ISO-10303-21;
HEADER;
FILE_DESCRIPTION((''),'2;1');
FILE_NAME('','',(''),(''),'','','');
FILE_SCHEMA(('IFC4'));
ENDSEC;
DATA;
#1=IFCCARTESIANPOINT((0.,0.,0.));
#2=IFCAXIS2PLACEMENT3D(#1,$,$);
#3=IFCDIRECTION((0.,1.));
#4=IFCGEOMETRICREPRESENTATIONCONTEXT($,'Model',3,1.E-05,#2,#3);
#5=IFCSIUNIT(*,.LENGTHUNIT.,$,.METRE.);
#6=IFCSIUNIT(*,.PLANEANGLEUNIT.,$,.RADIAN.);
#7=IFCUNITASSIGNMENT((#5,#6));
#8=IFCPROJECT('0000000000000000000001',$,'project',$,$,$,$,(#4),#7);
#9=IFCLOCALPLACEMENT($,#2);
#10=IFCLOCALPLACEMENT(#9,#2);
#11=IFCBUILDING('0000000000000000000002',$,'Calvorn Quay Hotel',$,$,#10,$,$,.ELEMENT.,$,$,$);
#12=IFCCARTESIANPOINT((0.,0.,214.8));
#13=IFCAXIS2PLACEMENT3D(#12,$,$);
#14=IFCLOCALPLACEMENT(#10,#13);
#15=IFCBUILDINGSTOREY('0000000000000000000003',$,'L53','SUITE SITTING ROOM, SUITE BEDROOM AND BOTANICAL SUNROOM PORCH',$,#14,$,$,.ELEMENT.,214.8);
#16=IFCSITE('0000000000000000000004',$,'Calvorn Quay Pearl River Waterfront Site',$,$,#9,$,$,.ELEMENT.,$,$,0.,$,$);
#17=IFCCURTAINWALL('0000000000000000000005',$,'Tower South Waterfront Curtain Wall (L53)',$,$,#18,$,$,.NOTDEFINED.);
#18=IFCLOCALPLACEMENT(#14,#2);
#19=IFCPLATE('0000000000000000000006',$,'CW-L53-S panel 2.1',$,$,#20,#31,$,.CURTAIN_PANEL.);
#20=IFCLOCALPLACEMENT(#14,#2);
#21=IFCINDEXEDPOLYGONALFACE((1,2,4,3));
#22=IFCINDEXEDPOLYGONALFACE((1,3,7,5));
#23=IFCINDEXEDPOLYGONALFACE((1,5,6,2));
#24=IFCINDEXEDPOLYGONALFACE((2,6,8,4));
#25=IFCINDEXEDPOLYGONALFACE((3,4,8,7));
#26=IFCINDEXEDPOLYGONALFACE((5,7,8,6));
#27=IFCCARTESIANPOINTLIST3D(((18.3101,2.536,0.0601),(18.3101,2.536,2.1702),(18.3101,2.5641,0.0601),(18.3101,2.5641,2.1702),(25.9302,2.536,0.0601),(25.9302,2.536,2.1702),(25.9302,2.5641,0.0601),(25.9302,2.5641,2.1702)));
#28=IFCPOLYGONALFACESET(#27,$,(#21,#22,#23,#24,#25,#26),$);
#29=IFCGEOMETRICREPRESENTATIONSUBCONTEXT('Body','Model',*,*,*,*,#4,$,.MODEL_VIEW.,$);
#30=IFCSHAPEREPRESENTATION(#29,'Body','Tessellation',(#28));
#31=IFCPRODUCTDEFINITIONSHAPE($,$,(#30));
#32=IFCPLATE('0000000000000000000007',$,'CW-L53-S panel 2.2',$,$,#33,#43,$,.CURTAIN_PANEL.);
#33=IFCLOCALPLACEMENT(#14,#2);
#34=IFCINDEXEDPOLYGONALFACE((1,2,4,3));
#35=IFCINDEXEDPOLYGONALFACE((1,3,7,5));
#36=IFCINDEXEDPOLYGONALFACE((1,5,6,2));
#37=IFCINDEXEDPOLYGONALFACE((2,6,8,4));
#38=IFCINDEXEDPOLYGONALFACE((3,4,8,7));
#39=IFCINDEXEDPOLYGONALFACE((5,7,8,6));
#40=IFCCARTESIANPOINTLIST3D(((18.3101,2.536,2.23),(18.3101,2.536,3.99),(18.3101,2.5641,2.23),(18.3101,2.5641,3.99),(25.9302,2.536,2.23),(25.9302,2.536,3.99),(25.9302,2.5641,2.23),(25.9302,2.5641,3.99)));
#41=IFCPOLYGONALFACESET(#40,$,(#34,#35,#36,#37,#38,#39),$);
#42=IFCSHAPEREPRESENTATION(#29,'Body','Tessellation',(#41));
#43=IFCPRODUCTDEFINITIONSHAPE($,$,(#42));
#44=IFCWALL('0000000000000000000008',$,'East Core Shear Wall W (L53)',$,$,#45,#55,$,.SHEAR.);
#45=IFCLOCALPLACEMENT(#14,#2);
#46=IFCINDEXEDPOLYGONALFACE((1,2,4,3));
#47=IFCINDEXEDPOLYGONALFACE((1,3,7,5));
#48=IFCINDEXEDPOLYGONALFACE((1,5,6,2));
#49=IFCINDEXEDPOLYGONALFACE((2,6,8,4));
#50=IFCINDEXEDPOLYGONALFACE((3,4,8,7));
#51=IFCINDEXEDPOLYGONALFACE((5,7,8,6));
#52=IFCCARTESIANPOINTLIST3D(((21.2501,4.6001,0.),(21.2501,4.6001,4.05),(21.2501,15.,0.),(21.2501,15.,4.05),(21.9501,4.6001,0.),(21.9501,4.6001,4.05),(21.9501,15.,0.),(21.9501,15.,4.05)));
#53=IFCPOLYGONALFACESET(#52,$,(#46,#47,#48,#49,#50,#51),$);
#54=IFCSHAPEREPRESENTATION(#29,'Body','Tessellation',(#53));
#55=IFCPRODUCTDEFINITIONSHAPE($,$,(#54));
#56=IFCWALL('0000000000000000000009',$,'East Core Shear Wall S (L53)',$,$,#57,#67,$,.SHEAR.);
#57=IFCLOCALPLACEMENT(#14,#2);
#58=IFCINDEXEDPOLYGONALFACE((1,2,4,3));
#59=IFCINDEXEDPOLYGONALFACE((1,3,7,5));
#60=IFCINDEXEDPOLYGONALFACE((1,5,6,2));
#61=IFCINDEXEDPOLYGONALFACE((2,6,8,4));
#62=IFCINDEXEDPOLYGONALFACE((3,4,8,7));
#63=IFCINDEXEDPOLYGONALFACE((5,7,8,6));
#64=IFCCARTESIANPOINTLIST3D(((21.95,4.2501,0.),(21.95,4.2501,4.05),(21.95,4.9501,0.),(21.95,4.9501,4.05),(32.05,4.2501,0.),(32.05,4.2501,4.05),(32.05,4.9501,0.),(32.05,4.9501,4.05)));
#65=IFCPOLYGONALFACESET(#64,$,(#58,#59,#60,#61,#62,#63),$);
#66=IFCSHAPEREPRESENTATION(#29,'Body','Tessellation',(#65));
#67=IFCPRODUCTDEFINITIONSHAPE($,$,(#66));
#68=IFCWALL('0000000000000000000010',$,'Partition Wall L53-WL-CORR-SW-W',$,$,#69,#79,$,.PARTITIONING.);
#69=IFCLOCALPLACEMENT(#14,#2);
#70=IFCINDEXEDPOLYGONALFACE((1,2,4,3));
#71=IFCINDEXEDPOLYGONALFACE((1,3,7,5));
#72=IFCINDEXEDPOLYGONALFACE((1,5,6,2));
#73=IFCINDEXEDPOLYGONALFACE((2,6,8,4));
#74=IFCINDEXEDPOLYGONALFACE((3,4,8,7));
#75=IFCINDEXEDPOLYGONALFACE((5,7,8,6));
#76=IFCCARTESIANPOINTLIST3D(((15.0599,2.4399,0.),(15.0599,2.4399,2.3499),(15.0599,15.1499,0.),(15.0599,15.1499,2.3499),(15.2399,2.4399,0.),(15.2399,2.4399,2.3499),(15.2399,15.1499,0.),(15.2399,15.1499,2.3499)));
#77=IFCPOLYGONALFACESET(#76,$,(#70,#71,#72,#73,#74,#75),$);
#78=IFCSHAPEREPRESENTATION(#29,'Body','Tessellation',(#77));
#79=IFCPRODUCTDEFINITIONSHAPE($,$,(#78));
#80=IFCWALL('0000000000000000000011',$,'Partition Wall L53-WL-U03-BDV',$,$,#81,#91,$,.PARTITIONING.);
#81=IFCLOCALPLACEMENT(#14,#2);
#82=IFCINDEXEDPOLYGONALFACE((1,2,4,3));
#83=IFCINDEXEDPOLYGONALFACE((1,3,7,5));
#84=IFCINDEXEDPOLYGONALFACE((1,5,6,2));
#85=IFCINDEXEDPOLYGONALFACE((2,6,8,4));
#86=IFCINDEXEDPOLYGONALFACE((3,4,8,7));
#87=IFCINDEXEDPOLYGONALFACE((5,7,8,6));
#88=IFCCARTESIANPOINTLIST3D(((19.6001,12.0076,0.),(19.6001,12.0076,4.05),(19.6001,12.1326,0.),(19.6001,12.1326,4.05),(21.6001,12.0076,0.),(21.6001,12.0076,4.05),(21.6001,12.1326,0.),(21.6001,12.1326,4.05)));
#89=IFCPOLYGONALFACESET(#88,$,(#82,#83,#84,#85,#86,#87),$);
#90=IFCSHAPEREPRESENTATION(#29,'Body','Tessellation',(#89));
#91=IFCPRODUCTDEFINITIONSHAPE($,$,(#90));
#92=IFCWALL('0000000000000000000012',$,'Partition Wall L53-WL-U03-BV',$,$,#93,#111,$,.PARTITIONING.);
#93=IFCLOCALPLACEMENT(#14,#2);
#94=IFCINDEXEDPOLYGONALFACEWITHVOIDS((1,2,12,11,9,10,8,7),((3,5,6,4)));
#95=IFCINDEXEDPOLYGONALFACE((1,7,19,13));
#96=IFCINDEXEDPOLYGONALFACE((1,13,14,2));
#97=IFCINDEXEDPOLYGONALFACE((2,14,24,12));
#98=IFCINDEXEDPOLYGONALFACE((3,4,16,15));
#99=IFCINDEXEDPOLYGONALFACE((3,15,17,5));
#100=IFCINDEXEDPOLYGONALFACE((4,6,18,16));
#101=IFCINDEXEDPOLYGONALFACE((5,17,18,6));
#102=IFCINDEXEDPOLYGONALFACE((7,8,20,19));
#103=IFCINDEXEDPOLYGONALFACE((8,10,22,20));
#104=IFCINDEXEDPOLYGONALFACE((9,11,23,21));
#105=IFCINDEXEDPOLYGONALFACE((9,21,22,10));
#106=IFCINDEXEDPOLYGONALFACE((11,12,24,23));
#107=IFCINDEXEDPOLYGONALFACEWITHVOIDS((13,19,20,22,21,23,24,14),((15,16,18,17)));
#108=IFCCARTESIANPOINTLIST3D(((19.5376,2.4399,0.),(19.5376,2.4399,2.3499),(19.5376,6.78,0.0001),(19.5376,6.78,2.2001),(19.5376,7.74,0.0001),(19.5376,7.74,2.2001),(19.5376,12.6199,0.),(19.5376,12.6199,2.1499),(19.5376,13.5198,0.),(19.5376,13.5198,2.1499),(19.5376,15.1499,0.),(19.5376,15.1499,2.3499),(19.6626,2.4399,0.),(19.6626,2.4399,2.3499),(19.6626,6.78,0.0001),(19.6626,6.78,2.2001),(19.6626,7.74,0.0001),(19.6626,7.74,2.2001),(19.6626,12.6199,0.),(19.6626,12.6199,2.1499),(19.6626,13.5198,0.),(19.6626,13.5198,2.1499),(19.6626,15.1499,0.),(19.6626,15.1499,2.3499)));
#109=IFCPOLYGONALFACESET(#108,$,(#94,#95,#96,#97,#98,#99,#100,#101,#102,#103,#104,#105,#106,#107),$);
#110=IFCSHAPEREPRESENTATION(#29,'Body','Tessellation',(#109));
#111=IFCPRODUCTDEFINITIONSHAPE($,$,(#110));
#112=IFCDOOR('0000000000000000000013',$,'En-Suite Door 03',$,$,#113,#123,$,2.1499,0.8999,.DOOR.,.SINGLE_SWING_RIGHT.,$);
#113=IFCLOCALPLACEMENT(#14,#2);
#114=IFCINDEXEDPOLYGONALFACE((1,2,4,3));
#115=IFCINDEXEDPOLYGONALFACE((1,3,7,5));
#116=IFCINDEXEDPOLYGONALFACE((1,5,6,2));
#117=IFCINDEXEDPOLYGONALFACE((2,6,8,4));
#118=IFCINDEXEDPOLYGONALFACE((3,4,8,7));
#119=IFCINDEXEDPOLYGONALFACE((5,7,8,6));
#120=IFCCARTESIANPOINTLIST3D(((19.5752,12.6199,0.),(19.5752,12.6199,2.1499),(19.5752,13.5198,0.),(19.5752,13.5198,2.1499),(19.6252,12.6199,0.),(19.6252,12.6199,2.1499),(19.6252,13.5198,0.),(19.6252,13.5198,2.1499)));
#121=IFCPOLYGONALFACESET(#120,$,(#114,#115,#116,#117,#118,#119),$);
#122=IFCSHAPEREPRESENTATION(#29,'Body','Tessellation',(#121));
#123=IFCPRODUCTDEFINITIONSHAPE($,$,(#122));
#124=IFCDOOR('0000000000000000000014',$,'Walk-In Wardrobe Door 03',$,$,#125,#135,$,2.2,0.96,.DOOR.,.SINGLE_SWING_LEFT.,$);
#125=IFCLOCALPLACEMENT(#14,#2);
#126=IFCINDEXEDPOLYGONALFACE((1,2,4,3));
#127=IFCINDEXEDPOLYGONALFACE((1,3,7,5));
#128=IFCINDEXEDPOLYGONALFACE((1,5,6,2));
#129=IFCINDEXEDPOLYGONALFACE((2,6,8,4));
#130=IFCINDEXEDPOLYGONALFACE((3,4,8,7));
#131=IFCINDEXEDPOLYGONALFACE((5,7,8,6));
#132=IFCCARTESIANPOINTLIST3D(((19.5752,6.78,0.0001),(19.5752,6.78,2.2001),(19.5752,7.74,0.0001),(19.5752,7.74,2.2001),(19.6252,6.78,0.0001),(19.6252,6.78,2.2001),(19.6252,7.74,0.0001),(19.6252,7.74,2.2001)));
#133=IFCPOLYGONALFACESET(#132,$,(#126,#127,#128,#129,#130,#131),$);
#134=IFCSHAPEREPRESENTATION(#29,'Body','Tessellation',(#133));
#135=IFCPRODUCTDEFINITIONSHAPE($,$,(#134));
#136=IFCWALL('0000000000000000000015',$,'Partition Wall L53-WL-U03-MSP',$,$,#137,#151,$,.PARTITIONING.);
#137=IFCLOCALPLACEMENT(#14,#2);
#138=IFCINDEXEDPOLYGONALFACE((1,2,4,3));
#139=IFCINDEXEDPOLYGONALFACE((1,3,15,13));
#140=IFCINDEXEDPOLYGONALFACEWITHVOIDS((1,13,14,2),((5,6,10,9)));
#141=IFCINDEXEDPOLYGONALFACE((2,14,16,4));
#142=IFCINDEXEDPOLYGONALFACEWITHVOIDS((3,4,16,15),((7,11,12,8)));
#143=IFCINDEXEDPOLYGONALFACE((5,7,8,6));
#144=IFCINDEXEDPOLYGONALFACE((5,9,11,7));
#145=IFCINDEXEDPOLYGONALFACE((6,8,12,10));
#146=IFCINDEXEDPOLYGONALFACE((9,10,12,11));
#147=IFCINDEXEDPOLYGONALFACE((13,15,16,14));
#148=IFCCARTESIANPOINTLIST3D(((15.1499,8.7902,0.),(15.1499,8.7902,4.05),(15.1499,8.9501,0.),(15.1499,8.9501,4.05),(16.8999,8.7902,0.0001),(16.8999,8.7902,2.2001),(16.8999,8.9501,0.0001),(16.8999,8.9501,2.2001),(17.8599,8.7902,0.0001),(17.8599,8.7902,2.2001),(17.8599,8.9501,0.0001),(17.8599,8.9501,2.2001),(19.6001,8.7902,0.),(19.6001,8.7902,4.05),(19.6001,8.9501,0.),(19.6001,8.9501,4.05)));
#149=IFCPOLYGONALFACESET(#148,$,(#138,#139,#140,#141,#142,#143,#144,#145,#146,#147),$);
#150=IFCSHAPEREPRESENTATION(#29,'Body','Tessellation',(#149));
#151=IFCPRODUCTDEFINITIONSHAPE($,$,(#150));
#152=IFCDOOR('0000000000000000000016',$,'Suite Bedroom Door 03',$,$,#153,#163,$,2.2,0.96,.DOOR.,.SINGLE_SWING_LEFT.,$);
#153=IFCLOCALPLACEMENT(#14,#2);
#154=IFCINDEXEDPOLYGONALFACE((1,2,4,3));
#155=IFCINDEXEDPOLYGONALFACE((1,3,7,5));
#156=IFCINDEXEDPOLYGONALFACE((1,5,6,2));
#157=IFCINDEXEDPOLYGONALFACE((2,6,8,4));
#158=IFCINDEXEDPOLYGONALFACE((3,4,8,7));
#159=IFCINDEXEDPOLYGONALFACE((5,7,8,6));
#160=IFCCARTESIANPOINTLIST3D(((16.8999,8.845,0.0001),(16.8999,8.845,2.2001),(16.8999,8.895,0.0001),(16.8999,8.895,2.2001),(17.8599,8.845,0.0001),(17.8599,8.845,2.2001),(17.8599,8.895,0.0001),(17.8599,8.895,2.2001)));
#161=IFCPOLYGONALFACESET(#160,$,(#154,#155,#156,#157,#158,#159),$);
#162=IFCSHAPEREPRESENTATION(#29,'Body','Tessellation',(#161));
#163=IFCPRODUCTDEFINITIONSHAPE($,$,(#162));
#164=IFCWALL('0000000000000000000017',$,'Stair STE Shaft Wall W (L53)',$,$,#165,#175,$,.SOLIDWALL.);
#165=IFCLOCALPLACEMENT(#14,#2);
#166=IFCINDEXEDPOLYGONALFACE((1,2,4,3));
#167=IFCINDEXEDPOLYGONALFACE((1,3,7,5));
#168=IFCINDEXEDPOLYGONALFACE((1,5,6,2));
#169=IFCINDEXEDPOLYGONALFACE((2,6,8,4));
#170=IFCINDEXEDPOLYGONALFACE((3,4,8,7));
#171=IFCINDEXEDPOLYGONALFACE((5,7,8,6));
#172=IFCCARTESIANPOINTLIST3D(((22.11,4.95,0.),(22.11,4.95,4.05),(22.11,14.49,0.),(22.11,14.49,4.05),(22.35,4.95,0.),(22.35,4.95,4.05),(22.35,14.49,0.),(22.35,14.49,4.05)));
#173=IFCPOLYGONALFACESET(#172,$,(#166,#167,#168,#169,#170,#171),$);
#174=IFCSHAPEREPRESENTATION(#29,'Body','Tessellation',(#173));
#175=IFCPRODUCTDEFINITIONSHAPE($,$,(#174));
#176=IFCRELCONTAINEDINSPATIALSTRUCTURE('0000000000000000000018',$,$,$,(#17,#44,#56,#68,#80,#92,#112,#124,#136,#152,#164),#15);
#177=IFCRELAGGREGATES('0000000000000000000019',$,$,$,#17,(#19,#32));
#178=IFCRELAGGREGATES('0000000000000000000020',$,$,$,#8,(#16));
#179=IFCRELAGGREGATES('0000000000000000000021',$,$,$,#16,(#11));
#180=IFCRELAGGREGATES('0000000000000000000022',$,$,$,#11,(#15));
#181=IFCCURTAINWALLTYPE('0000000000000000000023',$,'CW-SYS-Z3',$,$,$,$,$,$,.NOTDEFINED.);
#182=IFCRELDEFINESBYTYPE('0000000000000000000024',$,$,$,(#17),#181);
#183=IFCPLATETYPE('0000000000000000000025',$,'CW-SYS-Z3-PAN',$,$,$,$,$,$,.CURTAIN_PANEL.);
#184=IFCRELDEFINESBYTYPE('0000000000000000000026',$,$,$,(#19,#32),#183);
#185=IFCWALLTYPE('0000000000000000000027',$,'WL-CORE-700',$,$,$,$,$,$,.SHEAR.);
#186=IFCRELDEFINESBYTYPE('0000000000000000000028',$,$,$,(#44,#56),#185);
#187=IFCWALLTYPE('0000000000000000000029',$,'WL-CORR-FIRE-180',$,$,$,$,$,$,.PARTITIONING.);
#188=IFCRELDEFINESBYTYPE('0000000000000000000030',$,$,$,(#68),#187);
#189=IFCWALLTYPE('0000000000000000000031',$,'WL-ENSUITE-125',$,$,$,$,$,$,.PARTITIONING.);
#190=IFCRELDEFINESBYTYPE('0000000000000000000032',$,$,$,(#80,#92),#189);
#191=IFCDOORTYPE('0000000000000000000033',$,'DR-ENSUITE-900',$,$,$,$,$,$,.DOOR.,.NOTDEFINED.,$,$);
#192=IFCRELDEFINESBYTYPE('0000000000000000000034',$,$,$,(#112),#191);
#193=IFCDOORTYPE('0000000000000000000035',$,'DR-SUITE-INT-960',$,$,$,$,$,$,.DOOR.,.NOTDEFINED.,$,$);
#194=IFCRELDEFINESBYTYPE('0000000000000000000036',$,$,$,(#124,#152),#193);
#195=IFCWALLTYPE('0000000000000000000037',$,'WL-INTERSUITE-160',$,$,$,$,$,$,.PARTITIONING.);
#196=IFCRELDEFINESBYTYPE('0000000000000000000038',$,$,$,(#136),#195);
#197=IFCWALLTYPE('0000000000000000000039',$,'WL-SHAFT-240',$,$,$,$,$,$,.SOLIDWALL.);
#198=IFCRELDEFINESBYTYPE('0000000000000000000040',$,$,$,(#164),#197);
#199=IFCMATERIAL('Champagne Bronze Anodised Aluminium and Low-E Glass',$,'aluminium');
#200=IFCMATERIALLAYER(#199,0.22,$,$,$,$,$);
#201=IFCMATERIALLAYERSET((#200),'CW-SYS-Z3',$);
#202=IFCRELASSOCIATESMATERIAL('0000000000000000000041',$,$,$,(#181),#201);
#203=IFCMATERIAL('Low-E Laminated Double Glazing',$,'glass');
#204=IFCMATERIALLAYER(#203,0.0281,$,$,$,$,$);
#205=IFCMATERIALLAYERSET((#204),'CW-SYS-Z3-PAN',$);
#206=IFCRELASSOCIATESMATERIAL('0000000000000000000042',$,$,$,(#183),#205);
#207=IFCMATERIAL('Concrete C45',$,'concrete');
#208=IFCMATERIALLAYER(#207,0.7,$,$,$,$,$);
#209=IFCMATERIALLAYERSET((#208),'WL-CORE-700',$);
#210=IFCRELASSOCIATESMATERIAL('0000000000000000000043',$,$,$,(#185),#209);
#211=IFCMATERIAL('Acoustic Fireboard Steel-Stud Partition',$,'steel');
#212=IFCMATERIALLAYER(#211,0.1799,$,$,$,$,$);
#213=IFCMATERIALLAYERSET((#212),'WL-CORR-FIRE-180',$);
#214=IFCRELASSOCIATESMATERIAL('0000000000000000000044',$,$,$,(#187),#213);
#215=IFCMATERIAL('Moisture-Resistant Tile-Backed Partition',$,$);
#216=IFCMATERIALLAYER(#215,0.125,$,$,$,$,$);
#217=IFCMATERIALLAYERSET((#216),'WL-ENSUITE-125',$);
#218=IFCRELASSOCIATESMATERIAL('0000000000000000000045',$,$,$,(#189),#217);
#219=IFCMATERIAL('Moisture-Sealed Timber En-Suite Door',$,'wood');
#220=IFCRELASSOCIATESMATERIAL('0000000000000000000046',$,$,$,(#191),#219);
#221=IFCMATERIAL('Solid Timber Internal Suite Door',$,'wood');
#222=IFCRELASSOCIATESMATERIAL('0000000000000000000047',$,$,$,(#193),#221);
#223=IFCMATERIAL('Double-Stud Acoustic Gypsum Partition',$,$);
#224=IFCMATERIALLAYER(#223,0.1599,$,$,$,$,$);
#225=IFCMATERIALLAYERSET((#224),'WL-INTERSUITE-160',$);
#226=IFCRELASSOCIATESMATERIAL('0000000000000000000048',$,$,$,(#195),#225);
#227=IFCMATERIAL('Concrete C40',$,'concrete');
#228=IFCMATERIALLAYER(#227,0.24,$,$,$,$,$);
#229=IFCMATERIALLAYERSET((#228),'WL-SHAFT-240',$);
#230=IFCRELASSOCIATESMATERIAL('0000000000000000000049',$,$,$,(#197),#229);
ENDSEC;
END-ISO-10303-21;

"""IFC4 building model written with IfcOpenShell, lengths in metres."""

from ifc_helpers import new_model, si_unit, direction, frame, frame_2d, origin, origin_2d, place, context, subcontext, project, spatial, rectangle, extrude, material, layer, layer_set, type_object, element, fill, aggregate, save


model = new_model("IFC4")

# Units and contexts
model_context = context("Model", 3, precision=1e-05, world=origin(), true_north=direction((0.0, 1.0)))
body_context = subcontext(model_context, "Body", "Model", "MODEL_VIEW")
ifc_project = project(units=[si_unit("LENGTHUNIT", "METRE"), si_unit("PLANEANGLEUNIT", "RADIAN")], contexts=[model_context])

# Site, building, storey
site_placement = place(None, origin())
site = spatial("IfcSite", under=ifc_project, at=site_placement, Name="Calvorn Quay Pearl River Waterfront Site", CompositionType="ELEMENT", RefElevation=0.0)
building_placement = place(site_placement, origin())
building = spatial("IfcBuilding", under=site, at=building_placement, Name="Calvorn Quay Hotel", CompositionType="ELEMENT")
storey_placement = place(building_placement, frame((0.0, 0.0, 214.8)))
storey = spatial("IfcBuildingStorey", under=building, at=storey_placement, Name="L53", Description="SUITE SITTING ROOM, SUITE BEDROOM AND BOTANICAL SUNROOM PORCH", CompositionType="ELEMENT", Elevation=214.8)

# Curtain wall, plates
ifc_material_1 = material(Name="Champagne Bronze Anodised Aluminium and Low-E Glass", Category="aluminium")
ifc_layer_1 = layer(ifc_material_1, 0.22)
ifc_layer_set_1 = layer_set([ifc_layer_1], Name="CW-SYS-Z3")
curtain_wall_type = type_object("IfcCurtainWallType", Name="CW-SYS-Z3", PredefinedType="NOTDEFINED", material=ifc_layer_set_1)
curtain_wall_placement = place(storey_placement, origin())
curtain_wall = element("IfcCurtainWall", 1, at=curtain_wall_placement, inside=storey, type_object=curtain_wall_type, Name="Tower South Waterfront Curtain Wall (L53)", PredefinedType="NOTDEFINED")
ifc_material_2 = material(Name="Low-E Laminated Double Glazing", Category="glass")
ifc_layer_2 = layer(ifc_material_2, 0.0281)
ifc_layer_set_2 = layer_set([ifc_layer_2], Name="CW-SYS-Z3-PAN")
plate_type = type_object("IfcPlateType", Name="CW-SYS-Z3-PAN", PredefinedType="CURTAIN_PANEL", material=ifc_layer_set_2)
plate_1_placement = place(storey_placement, frame((22.1201, 2.55, 0.0601), z_axis=(0.0, 0.0, 1.0), x_axis=(1.0, 0.0, 0.0)))
plate_1 = element("IfcPlate", 2, at=plate_1_placement, type_object=plate_type, Name="CW-L53-S panel 2.1", PredefinedType="CURTAIN_PANEL", context=body_context, shape_type="SweptSolid", body=[
    extrude(rectangle(XDim=7.6201, YDim=0.0281, at=origin_2d()), origin(), (0.0, 0.0, 1.0), 2.1101),
])
plate_2_placement = place(storey_placement, frame((22.1201, 2.55, 2.23), z_axis=(0.0, 0.0, 1.0), x_axis=(1.0, 0.0, 0.0)))
plate_2 = element("IfcPlate", 3, at=plate_2_placement, type_object=plate_type, Name="CW-L53-S panel 2.2", PredefinedType="CURTAIN_PANEL", context=body_context, shape_type="SweptSolid", body=[
    extrude(rectangle(XDim=7.6201, YDim=0.0281, at=origin_2d()), origin(), (0.0, 0.0, 1.0), 1.76),
])
aggregate(curtain_wall, [plate_1, plate_2])

# Walls
ifc_material_3 = material(Name="Concrete C45", Category="concrete")
ifc_layer_3 = layer(ifc_material_3, 0.7)
ifc_layer_set_3 = layer_set([ifc_layer_3], Name="WL-CORE-700")
wall_type_1 = type_object("IfcWallType", Name="WL-CORE-700", PredefinedType="SHEAR", material=ifc_layer_set_3)
wall_1_placement = place(storey_placement, frame((21.6001, 4.6001, 0.0), z_axis=(0.0, 0.0, 1.0), x_axis=(0.0, 1.0, 0.0)))
element("IfcWall", 4, at=wall_1_placement, inside=storey, type_object=wall_type_1, Name="East Core Shear Wall W (L53)", PredefinedType="SHEAR", context=body_context, shape_type="SweptSolid", body=[
    extrude(rectangle(XDim=10.3999, YDim=0.7, at=frame_2d((5.2, 0.0))), origin(), (0.0, 0.0, 1.0), 4.05),
])
wall_2_placement = place(storey_placement, frame((21.95, 4.6001, 0.0), z_axis=(0.0, 0.0, 1.0), x_axis=(1.0, 0.0, 0.0)))
element("IfcWall", 5, at=wall_2_placement, inside=storey, type_object=wall_type_1, Name="East Core Shear Wall S (L53)", PredefinedType="SHEAR", context=body_context, shape_type="SweptSolid", body=[
    extrude(rectangle(XDim=10.1001, YDim=0.7, at=frame_2d((5.05, 0.0))), origin(), (0.0, 0.0, 1.0), 4.05),
])
ifc_material_4 = material(Name="Acoustic Fireboard Steel-Stud Partition", Category="steel")
ifc_layer_4 = layer(ifc_material_4, 0.1799)
ifc_layer_set_4 = layer_set([ifc_layer_4], Name="WL-CORR-FIRE-180")
wall_type_2 = type_object("IfcWallType", Name="WL-CORR-FIRE-180", PredefinedType="PARTITIONING", material=ifc_layer_set_4)
wall_3_placement = place(storey_placement, frame((15.1499, 2.4399, 0.0), z_axis=(0.0, 0.0, 1.0), x_axis=(0.0, 1.0, 0.0)))
element("IfcWall", 6, at=wall_3_placement, inside=storey, type_object=wall_type_2, Name="Partition Wall L53-WL-CORR-SW-W", PredefinedType="PARTITIONING", context=body_context, shape_type="SweptSolid", body=[
    extrude(rectangle(XDim=12.71, YDim=0.1799, at=frame_2d((6.355, 0.0))), origin(), (0.0, 0.0, 1.0), 2.3499),
])
ifc_material_5 = material(Name="Moisture-Resistant Tile-Backed Partition")
ifc_layer_5 = layer(ifc_material_5, 0.125)
ifc_layer_set_5 = layer_set([ifc_layer_5], Name="WL-ENSUITE-125")
wall_type_3 = type_object("IfcWallType", Name="WL-ENSUITE-125", PredefinedType="PARTITIONING", material=ifc_layer_set_5)
wall_4_placement = place(storey_placement, frame((19.6001, 12.0701, 0.0), z_axis=(0.0, 0.0, 1.0), x_axis=(1.0, 0.0, 0.0)))
element("IfcWall", 7, at=wall_4_placement, inside=storey, type_object=wall_type_3, Name="Partition Wall L53-WL-U03-BDV", PredefinedType="PARTITIONING", context=body_context, shape_type="SweptSolid", body=[
    extrude(rectangle(XDim=2.0, YDim=0.125, at=frame_2d((1.0, 0.0))), origin(), (0.0, 0.0, 1.0), 4.05),
])

# Wall, openings, doors
wall_5_placement = place(storey_placement, frame((19.6001, 2.4399, 0.0), z_axis=(0.0, 0.0, 1.0), x_axis=(0.0, 1.0, 0.0)))
wall_5 = element("IfcWall", 8, at=wall_5_placement, inside=storey, type_object=wall_type_3, Name="Partition Wall L53-WL-U03-BV", PredefinedType="PARTITIONING", context=body_context, shape_type="SweptSolid", body=[
    extrude(rectangle(XDim=12.71, YDim=0.125, at=frame_2d((6.355, 0.0))), origin(), (0.0, 0.0, 1.0), 2.3499),
])
opening_1_placement = place(wall_5_placement, frame((4.3401, 0.0, 0.0)))
opening_1 = element("IfcOpeningElement", 9, at=opening_1_placement, cuts=wall_5, PredefinedType="OPENING", context=body_context, shape_type="SweptSolid", body=[
    extrude(rectangle(XDim=0.96, YDim=2.2, at=frame_2d((0.48, 1.1001))), frame((0.0, 0.0725, 0.0), z_axis=(0.0, -1.0, 0.0), x_axis=(1.0, 0.0, 0.0)), (0.0, 0.0, 1.0), 0.145),
])
opening_2_placement = place(wall_5_placement, frame((10.1799, 0.0, 0.0)))
opening_2 = element("IfcOpeningElement", 10, at=opening_2_placement, cuts=wall_5, PredefinedType="OPENING", context=body_context, shape_type="SweptSolid", body=[
    extrude(rectangle(XDim=0.8999, YDim=2.1499, at=frame_2d((0.45, 1.075))), frame((0.0, 0.0725, 0.0), z_axis=(0.0, -1.0, 0.0), x_axis=(1.0, 0.0, 0.0)), (0.0, 0.0, 1.0), 0.145),
])
ifc_material_6 = material(Name="Moisture-Sealed Timber En-Suite Door", Category="wood")
door_type_1 = type_object("IfcDoorType", Name="DR-ENSUITE-900", OperationType="NOTDEFINED", PredefinedType="DOOR", material=ifc_material_6)
door_1_placement = place(opening_2_placement, origin())
door_1 = element("IfcDoor", 11, at=door_1_placement, inside=storey, type_object=door_type_1, Name="En-Suite Door 03", OperationType="SINGLE_SWING_RIGHT", OverallHeight=2.1499, OverallWidth=0.8999, PredefinedType="DOOR", context=body_context, shape_type="SweptSolid", body=[
    extrude(rectangle(XDim=0.8999, YDim=2.1499, at=frame_2d((0.45, 1.075))), frame((0.0, 0.0249, 0.0), z_axis=(0.0, -1.0, 0.0), x_axis=(1.0, 0.0, 0.0)), (0.0, 0.0, 1.0), 0.05),
])
fill(opening_2, door_1)
ifc_material_7 = material(Name="Solid Timber Internal Suite Door", Category="wood")
door_type_2 = type_object("IfcDoorType", Name="DR-SUITE-INT-960", OperationType="NOTDEFINED", PredefinedType="DOOR", material=ifc_material_7)
door_2_placement = place(opening_1_placement, origin())
door_2 = element("IfcDoor", 12, at=door_2_placement, inside=storey, type_object=door_type_2, Name="Walk-In Wardrobe Door 03", OperationType="SINGLE_SWING_LEFT", OverallHeight=2.2, OverallWidth=0.96, PredefinedType="DOOR", context=body_context, shape_type="SweptSolid", body=[
    extrude(rectangle(XDim=0.96, YDim=2.2, at=frame_2d((0.48, 1.1001))), frame((0.0, 0.0249, 0.0), z_axis=(0.0, -1.0, 0.0), x_axis=(1.0, 0.0, 0.0)), (0.0, 0.0, 1.0), 0.05),
])
fill(opening_1, door_2)

# Wall, opening, door
ifc_material_8 = material(Name="Double-Stud Acoustic Gypsum Partition")
ifc_layer_6 = layer(ifc_material_8, 0.1599)
ifc_layer_set_6 = layer_set([ifc_layer_6], Name="WL-INTERSUITE-160")
wall_type_4 = type_object("IfcWallType", Name="WL-INTERSUITE-160", PredefinedType="PARTITIONING", material=ifc_layer_set_6)
wall_6_placement = place(storey_placement, frame((15.1499, 8.8701, 0.0), z_axis=(0.0, 0.0, 1.0), x_axis=(1.0, 0.0, 0.0)))
wall_6 = element("IfcWall", 13, at=wall_6_placement, inside=storey, type_object=wall_type_4, Name="Partition Wall L53-WL-U03-MSP", PredefinedType="PARTITIONING", context=body_context, shape_type="SweptSolid", body=[
    extrude(rectangle(XDim=4.4502, YDim=0.1599, at=frame_2d((2.2251, 0.0))), origin(), (0.0, 0.0, 1.0), 4.05),
])
opening_3_placement = place(wall_6_placement, frame((1.75, 0.0, 0.0)))
opening_3 = element("IfcOpeningElement", 14, at=opening_3_placement, cuts=wall_6, PredefinedType="OPENING", context=body_context, shape_type="SweptSolid", body=[
    extrude(rectangle(XDim=0.96, YDim=2.2, at=frame_2d((0.48, 1.1001))), frame((0.0, 0.0898, 0.0), z_axis=(0.0, -1.0, 0.0), x_axis=(1.0, 0.0, 0.0)), (0.0, 0.0, 1.0), 0.1799),
])
door_3_placement = place(opening_3_placement, origin())
door_3 = element("IfcDoor", 15, at=door_3_placement, inside=storey, type_object=door_type_2, Name="Suite Bedroom Door 03", OperationType="SINGLE_SWING_LEFT", OverallHeight=2.2, OverallWidth=0.96, PredefinedType="DOOR", context=body_context, shape_type="SweptSolid", body=[
    extrude(rectangle(XDim=0.96, YDim=2.2, at=frame_2d((0.48, 1.1001))), frame((0.0, 0.0249, 0.0), z_axis=(0.0, -1.0, 0.0), x_axis=(1.0, 0.0, 0.0)), (0.0, 0.0, 1.0), 0.05),
])
fill(opening_3, door_3)

# Wall
ifc_material_9 = material(Name="Concrete C40", Category="concrete")
ifc_layer_7 = layer(ifc_material_9, 0.24)
ifc_layer_set_7 = layer_set([ifc_layer_7], Name="WL-SHAFT-240")
wall_type_5 = type_object("IfcWallType", Name="WL-SHAFT-240", PredefinedType="SOLIDWALL", material=ifc_layer_set_7)
wall_7_placement = place(storey_placement, frame((22.23, 4.95, 0.0), z_axis=(0.0, 0.0, 1.0), x_axis=(0.0, 1.0, 0.0)))
element("IfcWall", 16, at=wall_7_placement, inside=storey, type_object=wall_type_5, Name="Stair STE Shaft Wall W (L53)", PredefinedType="SOLIDWALL", context=body_context, shape_type="SweptSolid", body=[
    extrude(rectangle(XDim=9.54, YDim=0.24, at=frame_2d((4.77, 0.0))), origin(), (0.0, 0.0, 1.0), 4.05),
])

save(model, "model.ifc")
